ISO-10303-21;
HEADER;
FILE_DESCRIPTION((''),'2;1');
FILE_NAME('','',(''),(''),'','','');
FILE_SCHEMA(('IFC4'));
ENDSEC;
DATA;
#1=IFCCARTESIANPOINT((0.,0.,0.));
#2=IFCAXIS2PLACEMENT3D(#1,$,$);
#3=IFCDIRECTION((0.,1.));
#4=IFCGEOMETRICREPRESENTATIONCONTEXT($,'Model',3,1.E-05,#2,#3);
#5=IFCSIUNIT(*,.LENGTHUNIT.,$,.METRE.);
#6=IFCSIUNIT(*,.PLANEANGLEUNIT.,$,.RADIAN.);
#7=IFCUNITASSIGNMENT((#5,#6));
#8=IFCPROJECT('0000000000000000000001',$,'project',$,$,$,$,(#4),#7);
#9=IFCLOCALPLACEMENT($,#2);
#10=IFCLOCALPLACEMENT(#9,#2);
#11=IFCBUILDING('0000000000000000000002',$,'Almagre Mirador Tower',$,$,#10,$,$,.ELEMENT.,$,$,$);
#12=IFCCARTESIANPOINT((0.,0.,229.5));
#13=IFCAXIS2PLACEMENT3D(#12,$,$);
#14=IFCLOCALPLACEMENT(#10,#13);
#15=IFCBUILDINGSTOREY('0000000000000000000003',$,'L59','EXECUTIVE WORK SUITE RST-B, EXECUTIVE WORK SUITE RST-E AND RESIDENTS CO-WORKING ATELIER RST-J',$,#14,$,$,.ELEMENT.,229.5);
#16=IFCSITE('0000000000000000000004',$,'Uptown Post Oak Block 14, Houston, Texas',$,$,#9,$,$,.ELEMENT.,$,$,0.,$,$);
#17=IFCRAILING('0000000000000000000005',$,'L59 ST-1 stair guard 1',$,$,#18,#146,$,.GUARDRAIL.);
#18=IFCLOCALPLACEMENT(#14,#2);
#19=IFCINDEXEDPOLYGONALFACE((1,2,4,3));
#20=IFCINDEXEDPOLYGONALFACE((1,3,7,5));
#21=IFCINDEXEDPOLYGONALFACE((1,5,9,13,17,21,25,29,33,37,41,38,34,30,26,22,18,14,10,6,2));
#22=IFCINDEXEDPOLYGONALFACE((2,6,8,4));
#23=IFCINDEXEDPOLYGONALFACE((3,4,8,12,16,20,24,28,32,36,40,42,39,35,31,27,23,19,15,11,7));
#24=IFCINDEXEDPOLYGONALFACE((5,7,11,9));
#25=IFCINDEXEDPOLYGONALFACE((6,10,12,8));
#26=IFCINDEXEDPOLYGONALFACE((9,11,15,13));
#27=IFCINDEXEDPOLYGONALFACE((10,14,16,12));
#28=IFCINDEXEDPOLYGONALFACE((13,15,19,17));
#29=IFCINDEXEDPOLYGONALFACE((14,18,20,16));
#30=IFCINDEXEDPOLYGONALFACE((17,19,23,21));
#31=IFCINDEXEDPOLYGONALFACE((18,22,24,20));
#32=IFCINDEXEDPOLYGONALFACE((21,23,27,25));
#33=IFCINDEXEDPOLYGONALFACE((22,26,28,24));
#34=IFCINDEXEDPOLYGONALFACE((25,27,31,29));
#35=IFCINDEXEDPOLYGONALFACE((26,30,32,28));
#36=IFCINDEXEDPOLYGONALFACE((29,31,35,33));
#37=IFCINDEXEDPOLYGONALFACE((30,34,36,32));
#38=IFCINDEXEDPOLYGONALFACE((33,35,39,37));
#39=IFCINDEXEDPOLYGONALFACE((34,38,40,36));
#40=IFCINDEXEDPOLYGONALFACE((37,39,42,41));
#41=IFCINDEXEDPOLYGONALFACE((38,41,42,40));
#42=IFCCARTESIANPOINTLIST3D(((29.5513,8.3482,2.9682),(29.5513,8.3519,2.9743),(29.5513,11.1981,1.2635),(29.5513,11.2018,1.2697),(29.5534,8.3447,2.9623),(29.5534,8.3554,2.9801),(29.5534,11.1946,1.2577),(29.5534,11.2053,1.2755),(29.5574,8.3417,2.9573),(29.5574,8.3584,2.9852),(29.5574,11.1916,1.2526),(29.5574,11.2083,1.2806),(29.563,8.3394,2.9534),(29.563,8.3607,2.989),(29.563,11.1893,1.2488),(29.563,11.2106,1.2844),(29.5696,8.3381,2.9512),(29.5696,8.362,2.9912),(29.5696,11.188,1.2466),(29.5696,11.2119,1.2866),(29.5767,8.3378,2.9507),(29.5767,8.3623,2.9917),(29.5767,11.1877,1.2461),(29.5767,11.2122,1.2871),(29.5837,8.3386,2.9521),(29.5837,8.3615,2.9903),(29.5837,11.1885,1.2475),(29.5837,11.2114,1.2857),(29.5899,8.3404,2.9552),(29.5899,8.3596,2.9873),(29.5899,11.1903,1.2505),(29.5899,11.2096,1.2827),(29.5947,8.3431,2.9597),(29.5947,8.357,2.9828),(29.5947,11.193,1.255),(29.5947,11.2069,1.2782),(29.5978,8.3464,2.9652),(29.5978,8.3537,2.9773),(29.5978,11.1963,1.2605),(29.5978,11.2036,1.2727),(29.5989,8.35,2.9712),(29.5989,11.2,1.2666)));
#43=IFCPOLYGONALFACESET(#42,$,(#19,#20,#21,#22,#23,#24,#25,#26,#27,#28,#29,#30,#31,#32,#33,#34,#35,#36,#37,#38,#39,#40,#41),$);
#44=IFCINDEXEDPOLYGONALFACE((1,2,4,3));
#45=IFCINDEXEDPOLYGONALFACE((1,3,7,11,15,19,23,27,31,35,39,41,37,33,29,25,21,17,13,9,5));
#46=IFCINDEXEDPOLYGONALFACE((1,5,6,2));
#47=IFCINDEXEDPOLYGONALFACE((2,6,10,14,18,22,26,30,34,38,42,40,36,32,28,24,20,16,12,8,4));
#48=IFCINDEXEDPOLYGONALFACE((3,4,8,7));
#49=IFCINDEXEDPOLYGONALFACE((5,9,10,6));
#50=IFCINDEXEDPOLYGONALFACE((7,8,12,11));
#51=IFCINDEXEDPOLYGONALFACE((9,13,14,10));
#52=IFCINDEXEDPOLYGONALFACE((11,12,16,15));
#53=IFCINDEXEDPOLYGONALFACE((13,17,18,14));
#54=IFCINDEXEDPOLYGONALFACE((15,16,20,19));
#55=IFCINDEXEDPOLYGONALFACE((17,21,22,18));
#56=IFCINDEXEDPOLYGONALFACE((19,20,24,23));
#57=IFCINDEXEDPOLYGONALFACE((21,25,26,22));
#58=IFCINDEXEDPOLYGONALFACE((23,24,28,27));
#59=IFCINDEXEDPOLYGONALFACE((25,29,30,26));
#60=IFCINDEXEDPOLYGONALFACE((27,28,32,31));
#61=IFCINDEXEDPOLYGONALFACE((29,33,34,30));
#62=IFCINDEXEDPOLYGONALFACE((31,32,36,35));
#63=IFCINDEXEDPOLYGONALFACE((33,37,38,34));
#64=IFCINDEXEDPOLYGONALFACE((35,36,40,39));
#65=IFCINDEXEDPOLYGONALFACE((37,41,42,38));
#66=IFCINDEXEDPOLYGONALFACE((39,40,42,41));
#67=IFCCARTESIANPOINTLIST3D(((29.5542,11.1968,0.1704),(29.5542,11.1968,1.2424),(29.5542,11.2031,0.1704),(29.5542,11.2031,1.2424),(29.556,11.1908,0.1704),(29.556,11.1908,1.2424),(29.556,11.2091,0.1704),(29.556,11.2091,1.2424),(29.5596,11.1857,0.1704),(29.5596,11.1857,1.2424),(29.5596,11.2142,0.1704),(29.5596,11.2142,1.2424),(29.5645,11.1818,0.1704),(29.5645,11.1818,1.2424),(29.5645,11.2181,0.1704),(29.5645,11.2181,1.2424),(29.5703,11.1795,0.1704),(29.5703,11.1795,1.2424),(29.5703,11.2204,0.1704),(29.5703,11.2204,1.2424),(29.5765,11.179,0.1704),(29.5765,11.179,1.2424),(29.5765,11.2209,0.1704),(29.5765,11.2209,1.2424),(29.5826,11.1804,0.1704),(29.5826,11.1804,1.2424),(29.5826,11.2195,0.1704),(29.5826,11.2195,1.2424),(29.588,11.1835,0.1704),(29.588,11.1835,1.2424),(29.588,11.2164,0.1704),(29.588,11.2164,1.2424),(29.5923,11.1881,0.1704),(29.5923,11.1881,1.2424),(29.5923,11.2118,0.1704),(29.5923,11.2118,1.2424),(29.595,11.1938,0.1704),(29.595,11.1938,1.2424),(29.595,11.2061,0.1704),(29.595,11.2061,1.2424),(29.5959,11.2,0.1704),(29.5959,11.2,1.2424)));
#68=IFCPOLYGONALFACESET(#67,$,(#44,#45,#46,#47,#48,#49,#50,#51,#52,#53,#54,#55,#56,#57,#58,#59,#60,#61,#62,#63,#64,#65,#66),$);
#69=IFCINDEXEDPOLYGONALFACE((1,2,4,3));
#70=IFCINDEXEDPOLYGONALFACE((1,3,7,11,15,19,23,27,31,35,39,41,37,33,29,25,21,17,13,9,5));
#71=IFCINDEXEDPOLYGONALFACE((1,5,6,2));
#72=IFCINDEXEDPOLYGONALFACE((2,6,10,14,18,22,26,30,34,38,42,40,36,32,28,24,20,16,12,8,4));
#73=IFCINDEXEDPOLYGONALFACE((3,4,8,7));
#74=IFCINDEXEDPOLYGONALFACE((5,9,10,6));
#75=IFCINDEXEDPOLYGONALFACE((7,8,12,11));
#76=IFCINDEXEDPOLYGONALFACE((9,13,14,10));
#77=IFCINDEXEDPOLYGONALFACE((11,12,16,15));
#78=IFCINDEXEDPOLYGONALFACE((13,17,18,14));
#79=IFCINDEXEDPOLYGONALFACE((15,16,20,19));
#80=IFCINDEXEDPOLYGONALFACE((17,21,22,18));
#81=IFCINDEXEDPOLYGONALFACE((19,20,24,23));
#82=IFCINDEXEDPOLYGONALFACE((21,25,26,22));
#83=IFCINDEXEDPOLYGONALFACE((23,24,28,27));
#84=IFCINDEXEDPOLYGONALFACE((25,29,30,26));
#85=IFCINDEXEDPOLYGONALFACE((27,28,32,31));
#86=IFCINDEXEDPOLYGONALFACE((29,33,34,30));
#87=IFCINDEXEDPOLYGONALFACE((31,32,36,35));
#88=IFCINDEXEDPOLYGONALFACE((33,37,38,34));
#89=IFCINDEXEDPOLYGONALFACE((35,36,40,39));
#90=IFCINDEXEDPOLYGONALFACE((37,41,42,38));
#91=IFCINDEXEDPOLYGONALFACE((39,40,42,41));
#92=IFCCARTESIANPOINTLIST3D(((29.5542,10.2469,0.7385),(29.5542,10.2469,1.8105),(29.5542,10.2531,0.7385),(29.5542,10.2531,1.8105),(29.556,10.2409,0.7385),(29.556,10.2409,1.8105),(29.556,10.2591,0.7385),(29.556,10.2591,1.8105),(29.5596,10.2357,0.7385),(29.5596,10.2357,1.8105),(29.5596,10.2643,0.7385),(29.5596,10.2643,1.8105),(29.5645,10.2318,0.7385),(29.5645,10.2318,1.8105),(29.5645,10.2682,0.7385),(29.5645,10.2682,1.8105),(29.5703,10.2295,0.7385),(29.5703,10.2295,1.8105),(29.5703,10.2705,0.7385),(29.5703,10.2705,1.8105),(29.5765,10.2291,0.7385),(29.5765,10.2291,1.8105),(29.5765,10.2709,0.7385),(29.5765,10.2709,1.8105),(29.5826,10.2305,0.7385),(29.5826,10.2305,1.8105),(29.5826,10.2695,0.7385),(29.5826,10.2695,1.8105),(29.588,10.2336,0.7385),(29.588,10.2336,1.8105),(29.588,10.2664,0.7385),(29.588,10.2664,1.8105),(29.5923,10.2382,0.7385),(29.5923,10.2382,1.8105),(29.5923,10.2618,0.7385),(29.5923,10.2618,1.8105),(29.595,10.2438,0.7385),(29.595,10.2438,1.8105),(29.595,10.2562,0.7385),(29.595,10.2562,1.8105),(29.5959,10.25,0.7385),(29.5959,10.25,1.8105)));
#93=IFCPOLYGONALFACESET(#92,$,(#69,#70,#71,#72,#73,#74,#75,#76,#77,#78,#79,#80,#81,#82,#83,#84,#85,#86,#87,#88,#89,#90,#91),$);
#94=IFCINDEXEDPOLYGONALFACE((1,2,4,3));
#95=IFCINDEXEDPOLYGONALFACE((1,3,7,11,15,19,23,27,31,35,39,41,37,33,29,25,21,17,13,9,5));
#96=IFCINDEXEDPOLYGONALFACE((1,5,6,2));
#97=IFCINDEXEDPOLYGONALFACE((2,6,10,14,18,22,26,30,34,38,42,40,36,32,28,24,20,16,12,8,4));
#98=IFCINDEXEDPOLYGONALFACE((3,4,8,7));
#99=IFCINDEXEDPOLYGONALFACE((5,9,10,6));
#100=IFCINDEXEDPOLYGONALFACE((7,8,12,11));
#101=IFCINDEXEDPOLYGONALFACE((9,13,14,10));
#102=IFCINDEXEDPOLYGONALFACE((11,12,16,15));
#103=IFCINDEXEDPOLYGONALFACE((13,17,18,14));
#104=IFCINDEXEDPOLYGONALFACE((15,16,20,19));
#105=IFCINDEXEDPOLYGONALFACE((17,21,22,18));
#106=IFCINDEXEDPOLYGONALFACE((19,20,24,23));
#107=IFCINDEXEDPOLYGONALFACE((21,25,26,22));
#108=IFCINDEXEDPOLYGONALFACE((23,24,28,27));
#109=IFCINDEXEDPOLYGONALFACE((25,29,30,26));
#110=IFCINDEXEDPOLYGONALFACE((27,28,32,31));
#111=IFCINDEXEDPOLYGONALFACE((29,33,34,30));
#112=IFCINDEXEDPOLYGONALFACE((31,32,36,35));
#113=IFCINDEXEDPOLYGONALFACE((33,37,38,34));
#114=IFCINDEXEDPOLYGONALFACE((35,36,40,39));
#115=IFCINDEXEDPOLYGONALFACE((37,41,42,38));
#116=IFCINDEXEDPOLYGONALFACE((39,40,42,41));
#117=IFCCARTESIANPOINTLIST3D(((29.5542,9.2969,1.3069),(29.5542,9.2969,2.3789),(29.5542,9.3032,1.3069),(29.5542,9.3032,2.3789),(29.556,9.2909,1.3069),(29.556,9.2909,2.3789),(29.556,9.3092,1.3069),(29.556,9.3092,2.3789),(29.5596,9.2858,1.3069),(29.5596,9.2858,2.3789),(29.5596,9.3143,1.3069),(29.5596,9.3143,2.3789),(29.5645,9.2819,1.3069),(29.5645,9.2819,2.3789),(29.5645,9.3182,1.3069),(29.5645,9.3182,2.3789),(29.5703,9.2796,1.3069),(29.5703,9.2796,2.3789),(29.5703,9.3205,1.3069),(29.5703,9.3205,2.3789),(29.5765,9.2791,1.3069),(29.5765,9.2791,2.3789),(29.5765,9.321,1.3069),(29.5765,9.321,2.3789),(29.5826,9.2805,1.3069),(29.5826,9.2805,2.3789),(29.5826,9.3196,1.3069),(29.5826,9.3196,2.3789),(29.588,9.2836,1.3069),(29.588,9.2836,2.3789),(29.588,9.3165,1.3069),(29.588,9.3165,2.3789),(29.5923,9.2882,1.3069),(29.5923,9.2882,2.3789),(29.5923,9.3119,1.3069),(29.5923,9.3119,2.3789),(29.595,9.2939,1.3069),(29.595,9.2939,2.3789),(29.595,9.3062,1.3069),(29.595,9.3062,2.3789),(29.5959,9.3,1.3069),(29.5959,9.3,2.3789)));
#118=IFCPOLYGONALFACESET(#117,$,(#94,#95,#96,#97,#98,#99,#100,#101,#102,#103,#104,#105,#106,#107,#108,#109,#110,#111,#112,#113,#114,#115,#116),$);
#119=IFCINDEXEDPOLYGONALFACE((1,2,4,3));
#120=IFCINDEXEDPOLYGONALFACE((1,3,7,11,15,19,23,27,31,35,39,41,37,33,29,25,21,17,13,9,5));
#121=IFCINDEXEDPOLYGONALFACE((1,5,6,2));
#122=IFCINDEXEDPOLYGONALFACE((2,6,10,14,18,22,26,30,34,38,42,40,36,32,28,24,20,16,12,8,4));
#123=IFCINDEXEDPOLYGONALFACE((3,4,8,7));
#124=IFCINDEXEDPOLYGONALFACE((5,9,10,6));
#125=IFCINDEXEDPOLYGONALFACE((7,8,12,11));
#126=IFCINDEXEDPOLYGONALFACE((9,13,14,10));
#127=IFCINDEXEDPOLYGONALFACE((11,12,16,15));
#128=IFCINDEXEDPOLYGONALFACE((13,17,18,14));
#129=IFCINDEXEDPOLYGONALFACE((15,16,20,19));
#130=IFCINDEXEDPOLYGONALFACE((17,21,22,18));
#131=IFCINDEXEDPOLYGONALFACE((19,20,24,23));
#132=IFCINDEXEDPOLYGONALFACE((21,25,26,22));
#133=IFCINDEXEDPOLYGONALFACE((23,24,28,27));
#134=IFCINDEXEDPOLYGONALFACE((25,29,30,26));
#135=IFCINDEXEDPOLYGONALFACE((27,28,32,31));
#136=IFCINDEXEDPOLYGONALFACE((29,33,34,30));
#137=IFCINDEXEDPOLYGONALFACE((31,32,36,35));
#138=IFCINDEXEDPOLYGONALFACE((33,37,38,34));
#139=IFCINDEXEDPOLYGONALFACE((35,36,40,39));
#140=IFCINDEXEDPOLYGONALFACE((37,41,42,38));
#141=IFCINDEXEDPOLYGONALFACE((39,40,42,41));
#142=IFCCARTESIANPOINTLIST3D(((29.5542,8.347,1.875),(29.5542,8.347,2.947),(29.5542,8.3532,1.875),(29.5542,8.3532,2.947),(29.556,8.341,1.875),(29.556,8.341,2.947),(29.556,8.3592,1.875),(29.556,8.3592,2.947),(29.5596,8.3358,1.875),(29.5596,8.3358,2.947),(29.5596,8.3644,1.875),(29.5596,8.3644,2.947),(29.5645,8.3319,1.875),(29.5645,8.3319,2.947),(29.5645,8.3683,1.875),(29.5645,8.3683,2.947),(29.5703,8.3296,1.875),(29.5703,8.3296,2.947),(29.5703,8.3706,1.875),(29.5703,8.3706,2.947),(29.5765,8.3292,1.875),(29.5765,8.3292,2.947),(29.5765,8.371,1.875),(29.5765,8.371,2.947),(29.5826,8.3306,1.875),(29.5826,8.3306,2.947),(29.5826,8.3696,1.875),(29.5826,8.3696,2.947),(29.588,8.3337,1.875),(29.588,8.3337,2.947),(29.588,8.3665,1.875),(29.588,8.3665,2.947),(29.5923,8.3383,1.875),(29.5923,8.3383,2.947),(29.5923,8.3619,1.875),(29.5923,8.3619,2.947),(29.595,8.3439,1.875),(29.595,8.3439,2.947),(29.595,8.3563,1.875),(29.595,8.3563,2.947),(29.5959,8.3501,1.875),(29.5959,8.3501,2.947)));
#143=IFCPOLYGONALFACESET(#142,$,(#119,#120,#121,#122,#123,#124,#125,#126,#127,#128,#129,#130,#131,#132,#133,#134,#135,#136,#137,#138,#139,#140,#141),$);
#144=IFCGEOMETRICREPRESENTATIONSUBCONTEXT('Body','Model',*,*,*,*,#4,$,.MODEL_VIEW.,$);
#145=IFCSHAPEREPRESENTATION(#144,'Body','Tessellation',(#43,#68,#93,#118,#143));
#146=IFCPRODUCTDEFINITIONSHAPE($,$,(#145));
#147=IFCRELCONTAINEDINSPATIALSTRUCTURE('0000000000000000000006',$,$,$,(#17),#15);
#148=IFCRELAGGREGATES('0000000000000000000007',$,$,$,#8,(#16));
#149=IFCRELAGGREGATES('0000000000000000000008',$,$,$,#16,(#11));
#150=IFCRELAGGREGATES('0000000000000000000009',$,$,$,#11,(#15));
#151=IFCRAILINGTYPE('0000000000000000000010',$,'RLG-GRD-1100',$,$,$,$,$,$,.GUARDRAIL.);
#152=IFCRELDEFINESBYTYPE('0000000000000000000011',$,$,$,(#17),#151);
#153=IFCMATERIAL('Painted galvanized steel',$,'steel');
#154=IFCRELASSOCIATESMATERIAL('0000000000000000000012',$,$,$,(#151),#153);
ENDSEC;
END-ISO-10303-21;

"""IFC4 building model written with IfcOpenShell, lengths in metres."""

from ifc_helpers import new_model, si_unit, direction, frame, origin, origin_2d, place, context, subcontext, project, spatial, circle, extrude, material, type_object, element, save


model = new_model("IFC4")

# Units and contexts
model_context = context("Model", 3, precision=1e-05, world=origin(), true_north=direction((0.0, 1.0)))
body_context = subcontext(model_context, "Body", "Model", "MODEL_VIEW")
ifc_project = project(units=[si_unit("LENGTHUNIT", "METRE"), si_unit("PLANEANGLEUNIT", "RADIAN")], contexts=[model_context])

# Site, building, storey
site_placement = place(None, origin())
site = spatial("IfcSite", under=ifc_project, at=site_placement, Name="Uptown Post Oak Block 14, Houston, Texas", CompositionType="ELEMENT", RefElevation=0.0)
building_placement = place(site_placement, origin())
building = spatial("IfcBuilding", under=site, at=building_placement, Name="Almagre Mirador Tower", CompositionType="ELEMENT")
storey_placement = place(building_placement, frame((0.0, 0.0, 229.5)))
storey = spatial("IfcBuildingStorey", under=building, at=storey_placement, Name="L59", Description="EXECUTIVE WORK SUITE RST-B, EXECUTIVE WORK SUITE RST-E AND RESIDENTS CO-WORKING ATELIER RST-J", CompositionType="ELEMENT", Elevation=229.5)

# Railing
ifc_material_1 = material(Name="Painted galvanized steel", Category="steel")
railing_type_1 = type_object("IfcRailingType", Name="RLG-GRD-1100", PredefinedType="GUARDRAIL", material=ifc_material_1)
railing_1_placement = place(storey_placement, frame((29.575, 11.2, 0.1704)))
element("IfcRailing", 1, at=railing_1_placement, inside=storey, type_object=railing_type_1, Name="L59 ST-1 stair guard 1", PredefinedType="GUARDRAIL", context=body_context, shape_type="SweptSolid", body=[
    extrude(circle(Radius=0.0239, at=origin_2d()), frame((0.0, 0.0, 1.0962), z_axis=(0.0, -0.858199, 0.513317), x_axis=(1.0, 0.0, 0.0)), (0.0, 0.0, 1.0), 3.3208),
    extrude(circle(Radius=0.021, at=origin_2d()), origin(), (0.0, 0.0, 1.0), 1.072),
    extrude(circle(Radius=0.021, at=origin_2d()), frame((0.0, -0.95, 0.5681)), (0.0, 0.0, 1.0), 1.072),
    extrude(circle(Radius=0.021, at=origin_2d()), frame((0.0, -1.8999, 1.1365)), (0.0, 0.0, 1.0), 1.072),
    extrude(circle(Radius=0.021, at=origin_2d()), frame((0.0, -2.8499, 1.7046)), (0.0, 0.0, 1.0), 1.072),
])

save(model, "model.ifc")
